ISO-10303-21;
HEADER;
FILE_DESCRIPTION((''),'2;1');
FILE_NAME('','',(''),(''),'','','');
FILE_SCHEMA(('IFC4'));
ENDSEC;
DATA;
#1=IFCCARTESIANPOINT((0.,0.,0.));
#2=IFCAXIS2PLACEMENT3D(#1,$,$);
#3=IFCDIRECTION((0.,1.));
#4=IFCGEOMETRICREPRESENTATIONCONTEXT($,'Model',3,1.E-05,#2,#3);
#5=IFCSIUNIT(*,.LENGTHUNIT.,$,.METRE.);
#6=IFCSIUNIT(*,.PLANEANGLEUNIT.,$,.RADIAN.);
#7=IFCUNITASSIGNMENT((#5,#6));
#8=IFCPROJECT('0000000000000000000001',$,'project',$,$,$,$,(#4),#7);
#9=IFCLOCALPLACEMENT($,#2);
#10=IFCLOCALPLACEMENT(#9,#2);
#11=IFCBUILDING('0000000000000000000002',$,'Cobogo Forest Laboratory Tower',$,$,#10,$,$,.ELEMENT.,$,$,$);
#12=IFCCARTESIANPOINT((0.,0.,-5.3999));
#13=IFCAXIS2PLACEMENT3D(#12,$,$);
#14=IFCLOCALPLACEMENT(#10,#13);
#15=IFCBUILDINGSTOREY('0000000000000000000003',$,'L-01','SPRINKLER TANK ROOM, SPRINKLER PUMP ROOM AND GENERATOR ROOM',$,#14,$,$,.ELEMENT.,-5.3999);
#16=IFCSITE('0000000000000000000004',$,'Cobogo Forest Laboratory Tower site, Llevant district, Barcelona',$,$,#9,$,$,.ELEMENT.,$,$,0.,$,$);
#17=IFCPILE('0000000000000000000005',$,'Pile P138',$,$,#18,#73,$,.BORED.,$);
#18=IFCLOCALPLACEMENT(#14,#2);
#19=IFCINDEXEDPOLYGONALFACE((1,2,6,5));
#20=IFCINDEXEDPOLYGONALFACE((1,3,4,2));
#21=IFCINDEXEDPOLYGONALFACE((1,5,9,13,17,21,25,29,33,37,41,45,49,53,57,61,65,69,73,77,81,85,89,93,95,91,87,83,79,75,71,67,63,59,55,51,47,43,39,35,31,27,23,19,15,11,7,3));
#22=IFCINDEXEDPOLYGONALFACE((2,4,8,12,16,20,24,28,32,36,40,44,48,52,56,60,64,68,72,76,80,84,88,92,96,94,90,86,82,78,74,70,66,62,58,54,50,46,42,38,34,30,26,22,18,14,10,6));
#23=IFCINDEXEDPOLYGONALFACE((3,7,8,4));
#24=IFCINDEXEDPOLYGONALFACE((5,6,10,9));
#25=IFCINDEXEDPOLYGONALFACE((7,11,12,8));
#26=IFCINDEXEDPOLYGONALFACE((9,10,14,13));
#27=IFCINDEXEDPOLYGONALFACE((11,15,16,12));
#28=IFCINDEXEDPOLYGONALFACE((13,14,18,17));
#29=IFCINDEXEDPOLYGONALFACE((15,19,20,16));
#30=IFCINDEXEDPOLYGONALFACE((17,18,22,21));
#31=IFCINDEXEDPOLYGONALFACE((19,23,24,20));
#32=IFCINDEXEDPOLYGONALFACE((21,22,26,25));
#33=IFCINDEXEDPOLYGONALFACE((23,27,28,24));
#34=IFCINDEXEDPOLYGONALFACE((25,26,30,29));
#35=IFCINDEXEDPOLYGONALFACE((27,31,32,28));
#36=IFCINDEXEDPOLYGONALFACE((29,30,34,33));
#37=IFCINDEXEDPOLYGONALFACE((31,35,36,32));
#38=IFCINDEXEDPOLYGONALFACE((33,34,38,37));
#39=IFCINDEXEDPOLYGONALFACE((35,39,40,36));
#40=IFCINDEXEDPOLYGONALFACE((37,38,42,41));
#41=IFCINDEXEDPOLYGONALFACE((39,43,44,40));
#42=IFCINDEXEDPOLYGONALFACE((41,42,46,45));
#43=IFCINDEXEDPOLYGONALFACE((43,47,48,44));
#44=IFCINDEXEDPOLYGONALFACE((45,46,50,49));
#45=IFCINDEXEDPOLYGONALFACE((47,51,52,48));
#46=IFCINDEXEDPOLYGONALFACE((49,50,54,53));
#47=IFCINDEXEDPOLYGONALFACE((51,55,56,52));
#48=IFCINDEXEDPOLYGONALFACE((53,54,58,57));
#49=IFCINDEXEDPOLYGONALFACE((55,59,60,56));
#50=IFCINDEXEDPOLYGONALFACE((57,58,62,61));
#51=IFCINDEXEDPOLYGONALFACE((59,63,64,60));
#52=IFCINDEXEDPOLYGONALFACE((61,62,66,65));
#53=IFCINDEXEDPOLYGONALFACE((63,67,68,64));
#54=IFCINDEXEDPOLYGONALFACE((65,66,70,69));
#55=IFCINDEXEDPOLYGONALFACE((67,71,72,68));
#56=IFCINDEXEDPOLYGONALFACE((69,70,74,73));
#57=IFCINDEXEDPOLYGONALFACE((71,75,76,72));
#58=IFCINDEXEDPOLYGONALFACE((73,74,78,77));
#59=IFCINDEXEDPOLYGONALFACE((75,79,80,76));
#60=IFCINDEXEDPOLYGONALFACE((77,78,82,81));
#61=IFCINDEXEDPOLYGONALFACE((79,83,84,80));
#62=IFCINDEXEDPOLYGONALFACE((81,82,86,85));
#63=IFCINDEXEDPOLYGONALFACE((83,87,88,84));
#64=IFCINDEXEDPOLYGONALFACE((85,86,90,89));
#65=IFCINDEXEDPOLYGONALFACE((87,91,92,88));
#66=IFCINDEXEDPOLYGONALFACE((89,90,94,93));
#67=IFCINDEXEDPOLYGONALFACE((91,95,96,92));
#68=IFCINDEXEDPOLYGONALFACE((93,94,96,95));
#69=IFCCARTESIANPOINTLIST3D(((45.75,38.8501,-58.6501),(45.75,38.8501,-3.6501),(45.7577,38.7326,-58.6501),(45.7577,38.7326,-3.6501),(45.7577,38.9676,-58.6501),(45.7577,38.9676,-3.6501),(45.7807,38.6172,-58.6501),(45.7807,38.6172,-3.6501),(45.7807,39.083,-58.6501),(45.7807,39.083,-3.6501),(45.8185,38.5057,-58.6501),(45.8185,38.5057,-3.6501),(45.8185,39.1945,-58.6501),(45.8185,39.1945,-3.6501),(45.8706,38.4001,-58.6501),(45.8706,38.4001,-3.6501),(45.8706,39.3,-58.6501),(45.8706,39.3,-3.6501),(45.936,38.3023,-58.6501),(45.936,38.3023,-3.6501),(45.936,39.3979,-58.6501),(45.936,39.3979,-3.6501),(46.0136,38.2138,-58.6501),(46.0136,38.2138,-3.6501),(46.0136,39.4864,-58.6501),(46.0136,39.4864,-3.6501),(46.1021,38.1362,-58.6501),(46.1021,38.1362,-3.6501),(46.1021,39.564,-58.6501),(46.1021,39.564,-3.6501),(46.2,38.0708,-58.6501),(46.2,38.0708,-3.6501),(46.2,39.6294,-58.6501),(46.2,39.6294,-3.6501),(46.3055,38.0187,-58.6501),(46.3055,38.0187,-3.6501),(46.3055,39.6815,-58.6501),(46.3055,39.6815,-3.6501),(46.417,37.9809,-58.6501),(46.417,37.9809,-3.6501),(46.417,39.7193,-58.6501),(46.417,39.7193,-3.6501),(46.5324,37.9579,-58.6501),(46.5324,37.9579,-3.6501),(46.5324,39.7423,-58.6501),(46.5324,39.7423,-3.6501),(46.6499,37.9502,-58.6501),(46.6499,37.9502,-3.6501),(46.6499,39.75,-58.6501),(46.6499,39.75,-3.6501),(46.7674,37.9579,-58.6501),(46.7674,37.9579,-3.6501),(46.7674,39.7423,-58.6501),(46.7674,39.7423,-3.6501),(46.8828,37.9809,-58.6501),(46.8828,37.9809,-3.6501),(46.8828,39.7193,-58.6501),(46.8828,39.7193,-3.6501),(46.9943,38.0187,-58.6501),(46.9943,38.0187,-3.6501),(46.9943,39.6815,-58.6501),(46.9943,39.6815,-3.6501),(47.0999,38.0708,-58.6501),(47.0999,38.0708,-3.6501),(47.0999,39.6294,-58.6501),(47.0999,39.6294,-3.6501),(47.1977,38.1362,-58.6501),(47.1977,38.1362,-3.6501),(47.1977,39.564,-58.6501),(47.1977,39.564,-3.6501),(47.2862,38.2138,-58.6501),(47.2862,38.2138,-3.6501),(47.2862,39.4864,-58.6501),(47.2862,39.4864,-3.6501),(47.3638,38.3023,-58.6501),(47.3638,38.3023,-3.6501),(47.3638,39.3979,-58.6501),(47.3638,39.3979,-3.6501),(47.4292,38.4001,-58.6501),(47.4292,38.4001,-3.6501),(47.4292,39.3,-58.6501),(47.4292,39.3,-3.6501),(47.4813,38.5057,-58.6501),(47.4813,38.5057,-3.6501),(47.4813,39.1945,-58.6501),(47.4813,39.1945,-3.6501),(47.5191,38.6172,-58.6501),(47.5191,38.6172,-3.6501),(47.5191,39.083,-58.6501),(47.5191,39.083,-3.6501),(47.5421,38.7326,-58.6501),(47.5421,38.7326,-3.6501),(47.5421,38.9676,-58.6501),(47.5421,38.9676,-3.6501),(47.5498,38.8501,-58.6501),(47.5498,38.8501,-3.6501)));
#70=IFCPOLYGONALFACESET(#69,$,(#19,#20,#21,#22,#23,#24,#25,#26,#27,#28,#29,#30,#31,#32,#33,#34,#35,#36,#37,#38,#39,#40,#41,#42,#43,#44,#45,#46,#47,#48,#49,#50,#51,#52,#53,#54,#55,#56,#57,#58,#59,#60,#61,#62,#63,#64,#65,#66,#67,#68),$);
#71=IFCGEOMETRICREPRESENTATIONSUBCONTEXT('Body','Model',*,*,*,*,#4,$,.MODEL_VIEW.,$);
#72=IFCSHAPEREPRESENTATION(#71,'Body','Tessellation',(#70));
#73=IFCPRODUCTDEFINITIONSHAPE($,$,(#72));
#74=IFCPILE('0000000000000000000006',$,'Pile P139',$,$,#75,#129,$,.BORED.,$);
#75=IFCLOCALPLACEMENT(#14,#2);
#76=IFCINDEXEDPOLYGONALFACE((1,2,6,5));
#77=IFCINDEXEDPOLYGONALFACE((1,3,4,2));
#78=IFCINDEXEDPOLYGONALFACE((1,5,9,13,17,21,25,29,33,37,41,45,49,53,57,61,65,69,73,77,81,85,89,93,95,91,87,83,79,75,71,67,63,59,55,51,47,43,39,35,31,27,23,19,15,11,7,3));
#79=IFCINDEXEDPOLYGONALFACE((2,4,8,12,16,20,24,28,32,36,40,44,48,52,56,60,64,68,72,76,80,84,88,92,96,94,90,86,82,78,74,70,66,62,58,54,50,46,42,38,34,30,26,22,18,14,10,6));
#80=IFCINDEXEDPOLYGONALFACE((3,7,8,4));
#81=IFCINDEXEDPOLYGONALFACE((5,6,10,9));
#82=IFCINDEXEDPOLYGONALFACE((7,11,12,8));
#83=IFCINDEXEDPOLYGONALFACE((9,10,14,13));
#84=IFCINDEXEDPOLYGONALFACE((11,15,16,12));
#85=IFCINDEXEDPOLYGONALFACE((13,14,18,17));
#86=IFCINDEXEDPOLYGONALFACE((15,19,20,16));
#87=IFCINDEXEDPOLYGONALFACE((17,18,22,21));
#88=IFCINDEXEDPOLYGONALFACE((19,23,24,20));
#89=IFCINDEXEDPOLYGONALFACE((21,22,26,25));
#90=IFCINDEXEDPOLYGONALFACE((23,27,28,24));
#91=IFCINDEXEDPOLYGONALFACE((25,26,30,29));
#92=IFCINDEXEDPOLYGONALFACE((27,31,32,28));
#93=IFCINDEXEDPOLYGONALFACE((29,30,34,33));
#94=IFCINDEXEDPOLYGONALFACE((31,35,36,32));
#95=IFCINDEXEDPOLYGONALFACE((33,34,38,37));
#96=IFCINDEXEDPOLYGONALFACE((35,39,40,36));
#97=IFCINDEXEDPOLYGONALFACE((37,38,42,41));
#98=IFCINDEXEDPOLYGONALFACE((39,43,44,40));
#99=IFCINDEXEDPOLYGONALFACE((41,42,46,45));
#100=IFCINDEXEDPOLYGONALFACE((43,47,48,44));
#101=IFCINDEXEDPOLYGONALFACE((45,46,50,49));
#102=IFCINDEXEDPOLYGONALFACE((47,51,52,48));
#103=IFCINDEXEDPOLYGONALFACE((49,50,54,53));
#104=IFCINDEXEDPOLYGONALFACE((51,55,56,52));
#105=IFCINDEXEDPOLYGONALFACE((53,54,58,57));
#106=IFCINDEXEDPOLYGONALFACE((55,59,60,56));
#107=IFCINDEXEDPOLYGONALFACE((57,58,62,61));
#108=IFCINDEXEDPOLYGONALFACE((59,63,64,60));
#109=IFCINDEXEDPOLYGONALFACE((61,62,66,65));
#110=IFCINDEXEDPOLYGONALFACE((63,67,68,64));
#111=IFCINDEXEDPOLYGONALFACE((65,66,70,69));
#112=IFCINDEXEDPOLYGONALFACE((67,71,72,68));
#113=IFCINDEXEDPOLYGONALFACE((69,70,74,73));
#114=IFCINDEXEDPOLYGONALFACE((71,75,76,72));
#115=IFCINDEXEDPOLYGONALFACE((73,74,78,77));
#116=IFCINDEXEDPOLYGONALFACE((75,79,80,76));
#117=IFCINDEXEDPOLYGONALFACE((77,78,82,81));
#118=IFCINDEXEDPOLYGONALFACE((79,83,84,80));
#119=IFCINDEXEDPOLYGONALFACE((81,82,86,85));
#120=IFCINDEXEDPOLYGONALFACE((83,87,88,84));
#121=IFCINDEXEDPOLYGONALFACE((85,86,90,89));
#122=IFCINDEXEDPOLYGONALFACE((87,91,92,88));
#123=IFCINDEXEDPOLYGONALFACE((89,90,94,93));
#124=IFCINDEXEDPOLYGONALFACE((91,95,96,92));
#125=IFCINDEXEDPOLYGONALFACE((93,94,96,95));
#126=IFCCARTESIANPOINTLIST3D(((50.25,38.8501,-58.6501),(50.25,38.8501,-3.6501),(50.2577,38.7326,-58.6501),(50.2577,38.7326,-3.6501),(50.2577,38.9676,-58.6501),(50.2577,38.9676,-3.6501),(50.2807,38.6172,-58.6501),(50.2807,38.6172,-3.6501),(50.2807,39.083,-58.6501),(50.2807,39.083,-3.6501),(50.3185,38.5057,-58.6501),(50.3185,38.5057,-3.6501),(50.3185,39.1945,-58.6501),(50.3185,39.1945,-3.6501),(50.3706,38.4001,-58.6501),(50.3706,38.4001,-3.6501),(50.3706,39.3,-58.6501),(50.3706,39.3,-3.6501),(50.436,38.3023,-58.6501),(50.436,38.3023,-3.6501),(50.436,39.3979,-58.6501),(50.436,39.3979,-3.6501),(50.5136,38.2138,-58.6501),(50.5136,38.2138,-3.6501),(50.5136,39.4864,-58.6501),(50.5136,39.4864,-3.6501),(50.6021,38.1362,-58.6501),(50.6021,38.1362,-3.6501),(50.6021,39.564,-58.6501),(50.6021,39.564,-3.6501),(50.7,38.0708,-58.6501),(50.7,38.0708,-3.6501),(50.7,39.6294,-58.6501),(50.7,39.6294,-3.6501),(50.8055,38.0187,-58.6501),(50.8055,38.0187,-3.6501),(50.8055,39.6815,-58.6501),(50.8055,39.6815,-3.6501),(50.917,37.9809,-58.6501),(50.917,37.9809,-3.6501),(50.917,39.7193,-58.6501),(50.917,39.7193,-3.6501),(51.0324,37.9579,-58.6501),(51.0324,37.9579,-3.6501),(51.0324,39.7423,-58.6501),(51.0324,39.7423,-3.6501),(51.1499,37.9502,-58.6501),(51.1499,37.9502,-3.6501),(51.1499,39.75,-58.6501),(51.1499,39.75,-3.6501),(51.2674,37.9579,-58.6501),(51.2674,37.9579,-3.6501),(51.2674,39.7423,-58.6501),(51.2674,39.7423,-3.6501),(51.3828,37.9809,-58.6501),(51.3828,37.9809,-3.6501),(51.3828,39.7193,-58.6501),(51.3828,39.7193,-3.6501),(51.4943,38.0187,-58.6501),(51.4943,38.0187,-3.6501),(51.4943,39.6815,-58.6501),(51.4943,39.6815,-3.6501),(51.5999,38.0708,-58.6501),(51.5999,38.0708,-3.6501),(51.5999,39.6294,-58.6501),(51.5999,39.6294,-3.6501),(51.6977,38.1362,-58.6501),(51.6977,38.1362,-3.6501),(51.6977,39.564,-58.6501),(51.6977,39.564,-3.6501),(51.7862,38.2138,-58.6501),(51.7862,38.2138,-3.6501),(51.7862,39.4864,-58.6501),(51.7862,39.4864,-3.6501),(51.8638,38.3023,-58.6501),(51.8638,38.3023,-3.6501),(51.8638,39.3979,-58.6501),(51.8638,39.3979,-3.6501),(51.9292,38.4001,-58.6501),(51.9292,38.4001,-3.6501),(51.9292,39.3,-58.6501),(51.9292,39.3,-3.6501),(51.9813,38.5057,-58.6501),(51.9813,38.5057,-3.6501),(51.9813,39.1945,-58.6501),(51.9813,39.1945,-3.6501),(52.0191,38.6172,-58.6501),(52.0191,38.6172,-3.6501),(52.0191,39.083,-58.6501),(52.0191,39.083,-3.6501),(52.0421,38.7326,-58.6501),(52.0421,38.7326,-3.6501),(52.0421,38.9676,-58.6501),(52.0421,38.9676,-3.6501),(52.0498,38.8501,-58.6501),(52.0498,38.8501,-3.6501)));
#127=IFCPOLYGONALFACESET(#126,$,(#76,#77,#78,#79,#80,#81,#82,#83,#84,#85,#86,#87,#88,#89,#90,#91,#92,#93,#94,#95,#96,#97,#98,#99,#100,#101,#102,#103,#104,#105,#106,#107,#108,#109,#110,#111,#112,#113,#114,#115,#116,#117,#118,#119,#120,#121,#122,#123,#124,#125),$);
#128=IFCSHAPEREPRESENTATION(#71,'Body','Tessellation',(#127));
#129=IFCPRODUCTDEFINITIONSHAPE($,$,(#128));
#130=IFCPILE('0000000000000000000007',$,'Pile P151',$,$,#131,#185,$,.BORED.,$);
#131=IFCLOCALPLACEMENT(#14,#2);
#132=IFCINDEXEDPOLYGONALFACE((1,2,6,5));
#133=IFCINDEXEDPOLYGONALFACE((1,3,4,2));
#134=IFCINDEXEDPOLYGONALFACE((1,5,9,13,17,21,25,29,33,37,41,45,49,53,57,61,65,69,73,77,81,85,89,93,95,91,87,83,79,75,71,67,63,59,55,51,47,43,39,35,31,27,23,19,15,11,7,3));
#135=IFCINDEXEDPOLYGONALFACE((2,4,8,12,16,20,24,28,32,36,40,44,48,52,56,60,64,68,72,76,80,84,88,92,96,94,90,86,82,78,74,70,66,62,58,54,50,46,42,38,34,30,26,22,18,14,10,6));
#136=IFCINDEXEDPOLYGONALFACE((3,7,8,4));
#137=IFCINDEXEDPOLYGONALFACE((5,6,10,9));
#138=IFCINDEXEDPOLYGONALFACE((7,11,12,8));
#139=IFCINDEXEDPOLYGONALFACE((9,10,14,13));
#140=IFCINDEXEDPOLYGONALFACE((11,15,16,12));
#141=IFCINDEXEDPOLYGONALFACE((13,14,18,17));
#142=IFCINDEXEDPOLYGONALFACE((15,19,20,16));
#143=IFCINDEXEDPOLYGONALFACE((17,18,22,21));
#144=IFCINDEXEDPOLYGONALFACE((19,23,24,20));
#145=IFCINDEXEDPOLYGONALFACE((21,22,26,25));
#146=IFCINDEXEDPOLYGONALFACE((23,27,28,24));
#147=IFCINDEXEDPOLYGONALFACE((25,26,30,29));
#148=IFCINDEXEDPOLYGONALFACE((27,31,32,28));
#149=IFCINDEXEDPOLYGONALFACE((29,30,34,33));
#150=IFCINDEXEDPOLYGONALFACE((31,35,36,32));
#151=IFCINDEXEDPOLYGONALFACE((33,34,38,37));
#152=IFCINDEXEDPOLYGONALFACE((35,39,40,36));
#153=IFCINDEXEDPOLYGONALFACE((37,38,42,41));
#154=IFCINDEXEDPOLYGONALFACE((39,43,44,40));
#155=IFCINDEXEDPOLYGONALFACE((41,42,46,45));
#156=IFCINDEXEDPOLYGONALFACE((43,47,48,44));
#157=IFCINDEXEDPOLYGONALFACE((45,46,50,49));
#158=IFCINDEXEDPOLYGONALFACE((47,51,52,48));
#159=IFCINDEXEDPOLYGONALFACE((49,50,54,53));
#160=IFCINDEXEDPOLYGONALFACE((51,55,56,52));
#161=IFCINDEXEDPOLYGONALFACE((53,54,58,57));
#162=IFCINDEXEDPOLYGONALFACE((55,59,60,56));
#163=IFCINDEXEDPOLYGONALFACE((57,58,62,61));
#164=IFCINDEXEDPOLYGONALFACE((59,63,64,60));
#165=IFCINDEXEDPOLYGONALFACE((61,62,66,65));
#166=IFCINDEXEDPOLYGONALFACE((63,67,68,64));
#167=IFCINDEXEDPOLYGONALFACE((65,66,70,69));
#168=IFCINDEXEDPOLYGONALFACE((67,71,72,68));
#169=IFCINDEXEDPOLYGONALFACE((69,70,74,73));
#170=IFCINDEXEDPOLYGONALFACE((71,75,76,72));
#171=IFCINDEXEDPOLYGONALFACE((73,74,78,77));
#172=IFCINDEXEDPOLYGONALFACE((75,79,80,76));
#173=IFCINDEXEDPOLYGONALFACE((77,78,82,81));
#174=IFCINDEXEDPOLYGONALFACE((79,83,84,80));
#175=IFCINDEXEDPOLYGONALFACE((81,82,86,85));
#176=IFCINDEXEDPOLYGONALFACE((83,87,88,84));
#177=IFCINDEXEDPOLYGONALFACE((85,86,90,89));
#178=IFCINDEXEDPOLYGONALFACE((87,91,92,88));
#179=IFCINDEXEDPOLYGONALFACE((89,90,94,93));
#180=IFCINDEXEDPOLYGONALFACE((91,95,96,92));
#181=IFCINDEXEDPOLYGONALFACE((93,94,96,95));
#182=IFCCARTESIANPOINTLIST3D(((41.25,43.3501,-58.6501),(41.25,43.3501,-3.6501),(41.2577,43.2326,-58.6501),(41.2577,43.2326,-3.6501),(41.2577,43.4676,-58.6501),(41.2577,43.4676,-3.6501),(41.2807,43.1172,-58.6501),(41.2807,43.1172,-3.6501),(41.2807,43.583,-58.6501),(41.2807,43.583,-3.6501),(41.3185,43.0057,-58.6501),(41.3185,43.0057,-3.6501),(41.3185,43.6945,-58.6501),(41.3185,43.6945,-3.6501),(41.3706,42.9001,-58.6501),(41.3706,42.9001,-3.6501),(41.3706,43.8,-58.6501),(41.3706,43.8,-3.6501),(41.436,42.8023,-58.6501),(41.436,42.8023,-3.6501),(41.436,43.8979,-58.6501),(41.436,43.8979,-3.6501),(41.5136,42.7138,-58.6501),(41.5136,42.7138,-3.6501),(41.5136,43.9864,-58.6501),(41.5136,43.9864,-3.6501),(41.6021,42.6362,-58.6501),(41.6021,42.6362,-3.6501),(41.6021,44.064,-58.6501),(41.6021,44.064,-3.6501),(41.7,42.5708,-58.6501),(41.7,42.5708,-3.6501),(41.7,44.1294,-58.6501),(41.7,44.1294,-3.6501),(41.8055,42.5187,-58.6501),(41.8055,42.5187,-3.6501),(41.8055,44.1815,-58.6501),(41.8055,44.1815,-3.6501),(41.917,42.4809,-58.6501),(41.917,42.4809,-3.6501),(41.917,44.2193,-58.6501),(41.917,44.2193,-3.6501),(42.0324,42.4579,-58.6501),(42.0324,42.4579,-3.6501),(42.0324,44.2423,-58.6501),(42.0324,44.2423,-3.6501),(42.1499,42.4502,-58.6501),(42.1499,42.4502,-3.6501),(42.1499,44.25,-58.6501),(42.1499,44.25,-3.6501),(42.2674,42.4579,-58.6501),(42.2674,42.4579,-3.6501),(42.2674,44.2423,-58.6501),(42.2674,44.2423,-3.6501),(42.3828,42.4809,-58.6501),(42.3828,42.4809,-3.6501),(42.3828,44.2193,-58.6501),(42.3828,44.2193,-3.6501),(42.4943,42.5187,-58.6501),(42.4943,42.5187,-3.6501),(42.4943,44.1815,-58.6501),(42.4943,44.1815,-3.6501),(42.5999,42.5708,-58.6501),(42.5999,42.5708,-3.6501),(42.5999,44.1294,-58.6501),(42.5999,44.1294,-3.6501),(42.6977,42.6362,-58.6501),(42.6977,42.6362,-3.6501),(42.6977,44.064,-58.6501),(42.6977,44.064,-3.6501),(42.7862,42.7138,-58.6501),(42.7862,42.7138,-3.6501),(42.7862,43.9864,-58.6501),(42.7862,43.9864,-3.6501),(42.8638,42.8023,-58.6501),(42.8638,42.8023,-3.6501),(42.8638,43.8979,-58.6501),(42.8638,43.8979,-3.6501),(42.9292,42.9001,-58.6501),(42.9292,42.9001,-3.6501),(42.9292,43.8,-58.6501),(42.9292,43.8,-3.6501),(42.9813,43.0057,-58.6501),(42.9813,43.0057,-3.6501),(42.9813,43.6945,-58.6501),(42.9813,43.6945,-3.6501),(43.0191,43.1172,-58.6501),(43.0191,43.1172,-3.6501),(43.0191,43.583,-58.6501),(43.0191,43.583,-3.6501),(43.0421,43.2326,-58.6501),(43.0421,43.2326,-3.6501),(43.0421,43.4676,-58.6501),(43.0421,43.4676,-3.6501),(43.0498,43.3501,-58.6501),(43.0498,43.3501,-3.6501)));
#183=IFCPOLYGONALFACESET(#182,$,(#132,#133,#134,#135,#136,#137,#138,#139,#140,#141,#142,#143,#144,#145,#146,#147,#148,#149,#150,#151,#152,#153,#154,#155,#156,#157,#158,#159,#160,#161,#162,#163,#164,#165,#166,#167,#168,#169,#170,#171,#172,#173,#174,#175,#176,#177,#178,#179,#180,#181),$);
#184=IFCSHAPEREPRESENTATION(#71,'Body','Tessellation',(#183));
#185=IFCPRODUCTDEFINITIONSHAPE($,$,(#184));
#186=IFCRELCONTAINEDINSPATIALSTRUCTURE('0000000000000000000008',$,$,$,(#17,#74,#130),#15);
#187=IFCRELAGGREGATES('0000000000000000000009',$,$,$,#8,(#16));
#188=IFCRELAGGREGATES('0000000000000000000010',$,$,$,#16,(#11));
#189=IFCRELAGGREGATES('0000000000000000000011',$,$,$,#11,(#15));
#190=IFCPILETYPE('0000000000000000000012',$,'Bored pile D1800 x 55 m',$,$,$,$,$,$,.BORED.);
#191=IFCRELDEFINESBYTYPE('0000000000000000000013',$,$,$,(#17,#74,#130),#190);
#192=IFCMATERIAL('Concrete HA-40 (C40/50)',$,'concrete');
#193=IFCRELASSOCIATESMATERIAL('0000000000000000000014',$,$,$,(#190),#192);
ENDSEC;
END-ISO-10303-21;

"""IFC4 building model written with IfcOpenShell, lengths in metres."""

from ifc_helpers import new_model, si_unit, direction, frame, origin, origin_2d, place, context, subcontext, project, spatial, circle, extrude, material, material_profile, profile_set, type_object, element, save


model = new_model("IFC4")

# Units and contexts
model_context = context("Model", 3, precision=1e-05, world=origin(), true_north=direction((0.0, 1.0)))
body_context = subcontext(model_context, "Body", "Model", "MODEL_VIEW")
ifc_project = project(units=[si_unit("LENGTHUNIT", "METRE"), si_unit("PLANEANGLEUNIT", "RADIAN")], contexts=[model_context])

# Site, building, storey
site_placement = place(None, origin())
site = spatial("IfcSite", under=ifc_project, at=site_placement, Name="Cobogo Forest Laboratory Tower site, Llevant district, Barcelona", CompositionType="ELEMENT", RefElevation=0.0)
building_placement = place(site_placement, origin())
building = spatial("IfcBuilding", under=site, at=building_placement, Name="Cobogo Forest Laboratory Tower", CompositionType="ELEMENT")
storey_placement = place(building_placement, frame((0.0, 0.0, -5.3999)))
storey = spatial("IfcBuildingStorey", under=building, at=storey_placement, Name="L-01", Description="SPRINKLER TANK ROOM, SPRINKLER PUMP ROOM AND GENERATOR ROOM", CompositionType="ELEMENT", Elevation=-5.3999)

# Piles
ifc_material_1 = material(Name="Concrete HA-40 (C40/50)", Category="concrete")
ifc_material_profile_1 = material_profile(ifc_material_1, circle(Radius=0.8999, at=origin_2d()), Name="PILE D1800")
ifc_profile_set_1 = profile_set([ifc_material_profile_1], Name="Concrete HA-40 (C40/50)")
pile_type_1 = type_object("IfcPileType", Name="Bored pile D1800 x 55 m", PredefinedType="BORED", material=ifc_profile_set_1)
for number, where, z_axis, x_axis, name in (
    (1, (46.6499, 38.8501, -3.6501), (0.0, 0.0, -1.0), (1.0, 0.0, 0.0), "Pile P138"),
    (2, (51.1499, 38.8501, -3.6501), (0.0, 0.0, -1.0), (1.0, 0.0, 0.0), "Pile P139"),
    (3, (42.1499, 43.3501, -3.6501), (0.0, 0.0, -1.0), (1.0, 0.0, 0.0), "Pile P151"),
):
    element("IfcPile", number, at=place(storey_placement, frame(where, z_axis=z_axis, x_axis=x_axis)), inside=storey, type_object=pile_type_1, Name=name, PredefinedType="BORED", context=body_context, shape_type="SweptSolid", body=[
        extrude(circle(Radius=0.8999, at=origin_2d()), origin(), (0.0, 0.0, 1.0), 55.0),
    ])

save(model, "model.ifc")
